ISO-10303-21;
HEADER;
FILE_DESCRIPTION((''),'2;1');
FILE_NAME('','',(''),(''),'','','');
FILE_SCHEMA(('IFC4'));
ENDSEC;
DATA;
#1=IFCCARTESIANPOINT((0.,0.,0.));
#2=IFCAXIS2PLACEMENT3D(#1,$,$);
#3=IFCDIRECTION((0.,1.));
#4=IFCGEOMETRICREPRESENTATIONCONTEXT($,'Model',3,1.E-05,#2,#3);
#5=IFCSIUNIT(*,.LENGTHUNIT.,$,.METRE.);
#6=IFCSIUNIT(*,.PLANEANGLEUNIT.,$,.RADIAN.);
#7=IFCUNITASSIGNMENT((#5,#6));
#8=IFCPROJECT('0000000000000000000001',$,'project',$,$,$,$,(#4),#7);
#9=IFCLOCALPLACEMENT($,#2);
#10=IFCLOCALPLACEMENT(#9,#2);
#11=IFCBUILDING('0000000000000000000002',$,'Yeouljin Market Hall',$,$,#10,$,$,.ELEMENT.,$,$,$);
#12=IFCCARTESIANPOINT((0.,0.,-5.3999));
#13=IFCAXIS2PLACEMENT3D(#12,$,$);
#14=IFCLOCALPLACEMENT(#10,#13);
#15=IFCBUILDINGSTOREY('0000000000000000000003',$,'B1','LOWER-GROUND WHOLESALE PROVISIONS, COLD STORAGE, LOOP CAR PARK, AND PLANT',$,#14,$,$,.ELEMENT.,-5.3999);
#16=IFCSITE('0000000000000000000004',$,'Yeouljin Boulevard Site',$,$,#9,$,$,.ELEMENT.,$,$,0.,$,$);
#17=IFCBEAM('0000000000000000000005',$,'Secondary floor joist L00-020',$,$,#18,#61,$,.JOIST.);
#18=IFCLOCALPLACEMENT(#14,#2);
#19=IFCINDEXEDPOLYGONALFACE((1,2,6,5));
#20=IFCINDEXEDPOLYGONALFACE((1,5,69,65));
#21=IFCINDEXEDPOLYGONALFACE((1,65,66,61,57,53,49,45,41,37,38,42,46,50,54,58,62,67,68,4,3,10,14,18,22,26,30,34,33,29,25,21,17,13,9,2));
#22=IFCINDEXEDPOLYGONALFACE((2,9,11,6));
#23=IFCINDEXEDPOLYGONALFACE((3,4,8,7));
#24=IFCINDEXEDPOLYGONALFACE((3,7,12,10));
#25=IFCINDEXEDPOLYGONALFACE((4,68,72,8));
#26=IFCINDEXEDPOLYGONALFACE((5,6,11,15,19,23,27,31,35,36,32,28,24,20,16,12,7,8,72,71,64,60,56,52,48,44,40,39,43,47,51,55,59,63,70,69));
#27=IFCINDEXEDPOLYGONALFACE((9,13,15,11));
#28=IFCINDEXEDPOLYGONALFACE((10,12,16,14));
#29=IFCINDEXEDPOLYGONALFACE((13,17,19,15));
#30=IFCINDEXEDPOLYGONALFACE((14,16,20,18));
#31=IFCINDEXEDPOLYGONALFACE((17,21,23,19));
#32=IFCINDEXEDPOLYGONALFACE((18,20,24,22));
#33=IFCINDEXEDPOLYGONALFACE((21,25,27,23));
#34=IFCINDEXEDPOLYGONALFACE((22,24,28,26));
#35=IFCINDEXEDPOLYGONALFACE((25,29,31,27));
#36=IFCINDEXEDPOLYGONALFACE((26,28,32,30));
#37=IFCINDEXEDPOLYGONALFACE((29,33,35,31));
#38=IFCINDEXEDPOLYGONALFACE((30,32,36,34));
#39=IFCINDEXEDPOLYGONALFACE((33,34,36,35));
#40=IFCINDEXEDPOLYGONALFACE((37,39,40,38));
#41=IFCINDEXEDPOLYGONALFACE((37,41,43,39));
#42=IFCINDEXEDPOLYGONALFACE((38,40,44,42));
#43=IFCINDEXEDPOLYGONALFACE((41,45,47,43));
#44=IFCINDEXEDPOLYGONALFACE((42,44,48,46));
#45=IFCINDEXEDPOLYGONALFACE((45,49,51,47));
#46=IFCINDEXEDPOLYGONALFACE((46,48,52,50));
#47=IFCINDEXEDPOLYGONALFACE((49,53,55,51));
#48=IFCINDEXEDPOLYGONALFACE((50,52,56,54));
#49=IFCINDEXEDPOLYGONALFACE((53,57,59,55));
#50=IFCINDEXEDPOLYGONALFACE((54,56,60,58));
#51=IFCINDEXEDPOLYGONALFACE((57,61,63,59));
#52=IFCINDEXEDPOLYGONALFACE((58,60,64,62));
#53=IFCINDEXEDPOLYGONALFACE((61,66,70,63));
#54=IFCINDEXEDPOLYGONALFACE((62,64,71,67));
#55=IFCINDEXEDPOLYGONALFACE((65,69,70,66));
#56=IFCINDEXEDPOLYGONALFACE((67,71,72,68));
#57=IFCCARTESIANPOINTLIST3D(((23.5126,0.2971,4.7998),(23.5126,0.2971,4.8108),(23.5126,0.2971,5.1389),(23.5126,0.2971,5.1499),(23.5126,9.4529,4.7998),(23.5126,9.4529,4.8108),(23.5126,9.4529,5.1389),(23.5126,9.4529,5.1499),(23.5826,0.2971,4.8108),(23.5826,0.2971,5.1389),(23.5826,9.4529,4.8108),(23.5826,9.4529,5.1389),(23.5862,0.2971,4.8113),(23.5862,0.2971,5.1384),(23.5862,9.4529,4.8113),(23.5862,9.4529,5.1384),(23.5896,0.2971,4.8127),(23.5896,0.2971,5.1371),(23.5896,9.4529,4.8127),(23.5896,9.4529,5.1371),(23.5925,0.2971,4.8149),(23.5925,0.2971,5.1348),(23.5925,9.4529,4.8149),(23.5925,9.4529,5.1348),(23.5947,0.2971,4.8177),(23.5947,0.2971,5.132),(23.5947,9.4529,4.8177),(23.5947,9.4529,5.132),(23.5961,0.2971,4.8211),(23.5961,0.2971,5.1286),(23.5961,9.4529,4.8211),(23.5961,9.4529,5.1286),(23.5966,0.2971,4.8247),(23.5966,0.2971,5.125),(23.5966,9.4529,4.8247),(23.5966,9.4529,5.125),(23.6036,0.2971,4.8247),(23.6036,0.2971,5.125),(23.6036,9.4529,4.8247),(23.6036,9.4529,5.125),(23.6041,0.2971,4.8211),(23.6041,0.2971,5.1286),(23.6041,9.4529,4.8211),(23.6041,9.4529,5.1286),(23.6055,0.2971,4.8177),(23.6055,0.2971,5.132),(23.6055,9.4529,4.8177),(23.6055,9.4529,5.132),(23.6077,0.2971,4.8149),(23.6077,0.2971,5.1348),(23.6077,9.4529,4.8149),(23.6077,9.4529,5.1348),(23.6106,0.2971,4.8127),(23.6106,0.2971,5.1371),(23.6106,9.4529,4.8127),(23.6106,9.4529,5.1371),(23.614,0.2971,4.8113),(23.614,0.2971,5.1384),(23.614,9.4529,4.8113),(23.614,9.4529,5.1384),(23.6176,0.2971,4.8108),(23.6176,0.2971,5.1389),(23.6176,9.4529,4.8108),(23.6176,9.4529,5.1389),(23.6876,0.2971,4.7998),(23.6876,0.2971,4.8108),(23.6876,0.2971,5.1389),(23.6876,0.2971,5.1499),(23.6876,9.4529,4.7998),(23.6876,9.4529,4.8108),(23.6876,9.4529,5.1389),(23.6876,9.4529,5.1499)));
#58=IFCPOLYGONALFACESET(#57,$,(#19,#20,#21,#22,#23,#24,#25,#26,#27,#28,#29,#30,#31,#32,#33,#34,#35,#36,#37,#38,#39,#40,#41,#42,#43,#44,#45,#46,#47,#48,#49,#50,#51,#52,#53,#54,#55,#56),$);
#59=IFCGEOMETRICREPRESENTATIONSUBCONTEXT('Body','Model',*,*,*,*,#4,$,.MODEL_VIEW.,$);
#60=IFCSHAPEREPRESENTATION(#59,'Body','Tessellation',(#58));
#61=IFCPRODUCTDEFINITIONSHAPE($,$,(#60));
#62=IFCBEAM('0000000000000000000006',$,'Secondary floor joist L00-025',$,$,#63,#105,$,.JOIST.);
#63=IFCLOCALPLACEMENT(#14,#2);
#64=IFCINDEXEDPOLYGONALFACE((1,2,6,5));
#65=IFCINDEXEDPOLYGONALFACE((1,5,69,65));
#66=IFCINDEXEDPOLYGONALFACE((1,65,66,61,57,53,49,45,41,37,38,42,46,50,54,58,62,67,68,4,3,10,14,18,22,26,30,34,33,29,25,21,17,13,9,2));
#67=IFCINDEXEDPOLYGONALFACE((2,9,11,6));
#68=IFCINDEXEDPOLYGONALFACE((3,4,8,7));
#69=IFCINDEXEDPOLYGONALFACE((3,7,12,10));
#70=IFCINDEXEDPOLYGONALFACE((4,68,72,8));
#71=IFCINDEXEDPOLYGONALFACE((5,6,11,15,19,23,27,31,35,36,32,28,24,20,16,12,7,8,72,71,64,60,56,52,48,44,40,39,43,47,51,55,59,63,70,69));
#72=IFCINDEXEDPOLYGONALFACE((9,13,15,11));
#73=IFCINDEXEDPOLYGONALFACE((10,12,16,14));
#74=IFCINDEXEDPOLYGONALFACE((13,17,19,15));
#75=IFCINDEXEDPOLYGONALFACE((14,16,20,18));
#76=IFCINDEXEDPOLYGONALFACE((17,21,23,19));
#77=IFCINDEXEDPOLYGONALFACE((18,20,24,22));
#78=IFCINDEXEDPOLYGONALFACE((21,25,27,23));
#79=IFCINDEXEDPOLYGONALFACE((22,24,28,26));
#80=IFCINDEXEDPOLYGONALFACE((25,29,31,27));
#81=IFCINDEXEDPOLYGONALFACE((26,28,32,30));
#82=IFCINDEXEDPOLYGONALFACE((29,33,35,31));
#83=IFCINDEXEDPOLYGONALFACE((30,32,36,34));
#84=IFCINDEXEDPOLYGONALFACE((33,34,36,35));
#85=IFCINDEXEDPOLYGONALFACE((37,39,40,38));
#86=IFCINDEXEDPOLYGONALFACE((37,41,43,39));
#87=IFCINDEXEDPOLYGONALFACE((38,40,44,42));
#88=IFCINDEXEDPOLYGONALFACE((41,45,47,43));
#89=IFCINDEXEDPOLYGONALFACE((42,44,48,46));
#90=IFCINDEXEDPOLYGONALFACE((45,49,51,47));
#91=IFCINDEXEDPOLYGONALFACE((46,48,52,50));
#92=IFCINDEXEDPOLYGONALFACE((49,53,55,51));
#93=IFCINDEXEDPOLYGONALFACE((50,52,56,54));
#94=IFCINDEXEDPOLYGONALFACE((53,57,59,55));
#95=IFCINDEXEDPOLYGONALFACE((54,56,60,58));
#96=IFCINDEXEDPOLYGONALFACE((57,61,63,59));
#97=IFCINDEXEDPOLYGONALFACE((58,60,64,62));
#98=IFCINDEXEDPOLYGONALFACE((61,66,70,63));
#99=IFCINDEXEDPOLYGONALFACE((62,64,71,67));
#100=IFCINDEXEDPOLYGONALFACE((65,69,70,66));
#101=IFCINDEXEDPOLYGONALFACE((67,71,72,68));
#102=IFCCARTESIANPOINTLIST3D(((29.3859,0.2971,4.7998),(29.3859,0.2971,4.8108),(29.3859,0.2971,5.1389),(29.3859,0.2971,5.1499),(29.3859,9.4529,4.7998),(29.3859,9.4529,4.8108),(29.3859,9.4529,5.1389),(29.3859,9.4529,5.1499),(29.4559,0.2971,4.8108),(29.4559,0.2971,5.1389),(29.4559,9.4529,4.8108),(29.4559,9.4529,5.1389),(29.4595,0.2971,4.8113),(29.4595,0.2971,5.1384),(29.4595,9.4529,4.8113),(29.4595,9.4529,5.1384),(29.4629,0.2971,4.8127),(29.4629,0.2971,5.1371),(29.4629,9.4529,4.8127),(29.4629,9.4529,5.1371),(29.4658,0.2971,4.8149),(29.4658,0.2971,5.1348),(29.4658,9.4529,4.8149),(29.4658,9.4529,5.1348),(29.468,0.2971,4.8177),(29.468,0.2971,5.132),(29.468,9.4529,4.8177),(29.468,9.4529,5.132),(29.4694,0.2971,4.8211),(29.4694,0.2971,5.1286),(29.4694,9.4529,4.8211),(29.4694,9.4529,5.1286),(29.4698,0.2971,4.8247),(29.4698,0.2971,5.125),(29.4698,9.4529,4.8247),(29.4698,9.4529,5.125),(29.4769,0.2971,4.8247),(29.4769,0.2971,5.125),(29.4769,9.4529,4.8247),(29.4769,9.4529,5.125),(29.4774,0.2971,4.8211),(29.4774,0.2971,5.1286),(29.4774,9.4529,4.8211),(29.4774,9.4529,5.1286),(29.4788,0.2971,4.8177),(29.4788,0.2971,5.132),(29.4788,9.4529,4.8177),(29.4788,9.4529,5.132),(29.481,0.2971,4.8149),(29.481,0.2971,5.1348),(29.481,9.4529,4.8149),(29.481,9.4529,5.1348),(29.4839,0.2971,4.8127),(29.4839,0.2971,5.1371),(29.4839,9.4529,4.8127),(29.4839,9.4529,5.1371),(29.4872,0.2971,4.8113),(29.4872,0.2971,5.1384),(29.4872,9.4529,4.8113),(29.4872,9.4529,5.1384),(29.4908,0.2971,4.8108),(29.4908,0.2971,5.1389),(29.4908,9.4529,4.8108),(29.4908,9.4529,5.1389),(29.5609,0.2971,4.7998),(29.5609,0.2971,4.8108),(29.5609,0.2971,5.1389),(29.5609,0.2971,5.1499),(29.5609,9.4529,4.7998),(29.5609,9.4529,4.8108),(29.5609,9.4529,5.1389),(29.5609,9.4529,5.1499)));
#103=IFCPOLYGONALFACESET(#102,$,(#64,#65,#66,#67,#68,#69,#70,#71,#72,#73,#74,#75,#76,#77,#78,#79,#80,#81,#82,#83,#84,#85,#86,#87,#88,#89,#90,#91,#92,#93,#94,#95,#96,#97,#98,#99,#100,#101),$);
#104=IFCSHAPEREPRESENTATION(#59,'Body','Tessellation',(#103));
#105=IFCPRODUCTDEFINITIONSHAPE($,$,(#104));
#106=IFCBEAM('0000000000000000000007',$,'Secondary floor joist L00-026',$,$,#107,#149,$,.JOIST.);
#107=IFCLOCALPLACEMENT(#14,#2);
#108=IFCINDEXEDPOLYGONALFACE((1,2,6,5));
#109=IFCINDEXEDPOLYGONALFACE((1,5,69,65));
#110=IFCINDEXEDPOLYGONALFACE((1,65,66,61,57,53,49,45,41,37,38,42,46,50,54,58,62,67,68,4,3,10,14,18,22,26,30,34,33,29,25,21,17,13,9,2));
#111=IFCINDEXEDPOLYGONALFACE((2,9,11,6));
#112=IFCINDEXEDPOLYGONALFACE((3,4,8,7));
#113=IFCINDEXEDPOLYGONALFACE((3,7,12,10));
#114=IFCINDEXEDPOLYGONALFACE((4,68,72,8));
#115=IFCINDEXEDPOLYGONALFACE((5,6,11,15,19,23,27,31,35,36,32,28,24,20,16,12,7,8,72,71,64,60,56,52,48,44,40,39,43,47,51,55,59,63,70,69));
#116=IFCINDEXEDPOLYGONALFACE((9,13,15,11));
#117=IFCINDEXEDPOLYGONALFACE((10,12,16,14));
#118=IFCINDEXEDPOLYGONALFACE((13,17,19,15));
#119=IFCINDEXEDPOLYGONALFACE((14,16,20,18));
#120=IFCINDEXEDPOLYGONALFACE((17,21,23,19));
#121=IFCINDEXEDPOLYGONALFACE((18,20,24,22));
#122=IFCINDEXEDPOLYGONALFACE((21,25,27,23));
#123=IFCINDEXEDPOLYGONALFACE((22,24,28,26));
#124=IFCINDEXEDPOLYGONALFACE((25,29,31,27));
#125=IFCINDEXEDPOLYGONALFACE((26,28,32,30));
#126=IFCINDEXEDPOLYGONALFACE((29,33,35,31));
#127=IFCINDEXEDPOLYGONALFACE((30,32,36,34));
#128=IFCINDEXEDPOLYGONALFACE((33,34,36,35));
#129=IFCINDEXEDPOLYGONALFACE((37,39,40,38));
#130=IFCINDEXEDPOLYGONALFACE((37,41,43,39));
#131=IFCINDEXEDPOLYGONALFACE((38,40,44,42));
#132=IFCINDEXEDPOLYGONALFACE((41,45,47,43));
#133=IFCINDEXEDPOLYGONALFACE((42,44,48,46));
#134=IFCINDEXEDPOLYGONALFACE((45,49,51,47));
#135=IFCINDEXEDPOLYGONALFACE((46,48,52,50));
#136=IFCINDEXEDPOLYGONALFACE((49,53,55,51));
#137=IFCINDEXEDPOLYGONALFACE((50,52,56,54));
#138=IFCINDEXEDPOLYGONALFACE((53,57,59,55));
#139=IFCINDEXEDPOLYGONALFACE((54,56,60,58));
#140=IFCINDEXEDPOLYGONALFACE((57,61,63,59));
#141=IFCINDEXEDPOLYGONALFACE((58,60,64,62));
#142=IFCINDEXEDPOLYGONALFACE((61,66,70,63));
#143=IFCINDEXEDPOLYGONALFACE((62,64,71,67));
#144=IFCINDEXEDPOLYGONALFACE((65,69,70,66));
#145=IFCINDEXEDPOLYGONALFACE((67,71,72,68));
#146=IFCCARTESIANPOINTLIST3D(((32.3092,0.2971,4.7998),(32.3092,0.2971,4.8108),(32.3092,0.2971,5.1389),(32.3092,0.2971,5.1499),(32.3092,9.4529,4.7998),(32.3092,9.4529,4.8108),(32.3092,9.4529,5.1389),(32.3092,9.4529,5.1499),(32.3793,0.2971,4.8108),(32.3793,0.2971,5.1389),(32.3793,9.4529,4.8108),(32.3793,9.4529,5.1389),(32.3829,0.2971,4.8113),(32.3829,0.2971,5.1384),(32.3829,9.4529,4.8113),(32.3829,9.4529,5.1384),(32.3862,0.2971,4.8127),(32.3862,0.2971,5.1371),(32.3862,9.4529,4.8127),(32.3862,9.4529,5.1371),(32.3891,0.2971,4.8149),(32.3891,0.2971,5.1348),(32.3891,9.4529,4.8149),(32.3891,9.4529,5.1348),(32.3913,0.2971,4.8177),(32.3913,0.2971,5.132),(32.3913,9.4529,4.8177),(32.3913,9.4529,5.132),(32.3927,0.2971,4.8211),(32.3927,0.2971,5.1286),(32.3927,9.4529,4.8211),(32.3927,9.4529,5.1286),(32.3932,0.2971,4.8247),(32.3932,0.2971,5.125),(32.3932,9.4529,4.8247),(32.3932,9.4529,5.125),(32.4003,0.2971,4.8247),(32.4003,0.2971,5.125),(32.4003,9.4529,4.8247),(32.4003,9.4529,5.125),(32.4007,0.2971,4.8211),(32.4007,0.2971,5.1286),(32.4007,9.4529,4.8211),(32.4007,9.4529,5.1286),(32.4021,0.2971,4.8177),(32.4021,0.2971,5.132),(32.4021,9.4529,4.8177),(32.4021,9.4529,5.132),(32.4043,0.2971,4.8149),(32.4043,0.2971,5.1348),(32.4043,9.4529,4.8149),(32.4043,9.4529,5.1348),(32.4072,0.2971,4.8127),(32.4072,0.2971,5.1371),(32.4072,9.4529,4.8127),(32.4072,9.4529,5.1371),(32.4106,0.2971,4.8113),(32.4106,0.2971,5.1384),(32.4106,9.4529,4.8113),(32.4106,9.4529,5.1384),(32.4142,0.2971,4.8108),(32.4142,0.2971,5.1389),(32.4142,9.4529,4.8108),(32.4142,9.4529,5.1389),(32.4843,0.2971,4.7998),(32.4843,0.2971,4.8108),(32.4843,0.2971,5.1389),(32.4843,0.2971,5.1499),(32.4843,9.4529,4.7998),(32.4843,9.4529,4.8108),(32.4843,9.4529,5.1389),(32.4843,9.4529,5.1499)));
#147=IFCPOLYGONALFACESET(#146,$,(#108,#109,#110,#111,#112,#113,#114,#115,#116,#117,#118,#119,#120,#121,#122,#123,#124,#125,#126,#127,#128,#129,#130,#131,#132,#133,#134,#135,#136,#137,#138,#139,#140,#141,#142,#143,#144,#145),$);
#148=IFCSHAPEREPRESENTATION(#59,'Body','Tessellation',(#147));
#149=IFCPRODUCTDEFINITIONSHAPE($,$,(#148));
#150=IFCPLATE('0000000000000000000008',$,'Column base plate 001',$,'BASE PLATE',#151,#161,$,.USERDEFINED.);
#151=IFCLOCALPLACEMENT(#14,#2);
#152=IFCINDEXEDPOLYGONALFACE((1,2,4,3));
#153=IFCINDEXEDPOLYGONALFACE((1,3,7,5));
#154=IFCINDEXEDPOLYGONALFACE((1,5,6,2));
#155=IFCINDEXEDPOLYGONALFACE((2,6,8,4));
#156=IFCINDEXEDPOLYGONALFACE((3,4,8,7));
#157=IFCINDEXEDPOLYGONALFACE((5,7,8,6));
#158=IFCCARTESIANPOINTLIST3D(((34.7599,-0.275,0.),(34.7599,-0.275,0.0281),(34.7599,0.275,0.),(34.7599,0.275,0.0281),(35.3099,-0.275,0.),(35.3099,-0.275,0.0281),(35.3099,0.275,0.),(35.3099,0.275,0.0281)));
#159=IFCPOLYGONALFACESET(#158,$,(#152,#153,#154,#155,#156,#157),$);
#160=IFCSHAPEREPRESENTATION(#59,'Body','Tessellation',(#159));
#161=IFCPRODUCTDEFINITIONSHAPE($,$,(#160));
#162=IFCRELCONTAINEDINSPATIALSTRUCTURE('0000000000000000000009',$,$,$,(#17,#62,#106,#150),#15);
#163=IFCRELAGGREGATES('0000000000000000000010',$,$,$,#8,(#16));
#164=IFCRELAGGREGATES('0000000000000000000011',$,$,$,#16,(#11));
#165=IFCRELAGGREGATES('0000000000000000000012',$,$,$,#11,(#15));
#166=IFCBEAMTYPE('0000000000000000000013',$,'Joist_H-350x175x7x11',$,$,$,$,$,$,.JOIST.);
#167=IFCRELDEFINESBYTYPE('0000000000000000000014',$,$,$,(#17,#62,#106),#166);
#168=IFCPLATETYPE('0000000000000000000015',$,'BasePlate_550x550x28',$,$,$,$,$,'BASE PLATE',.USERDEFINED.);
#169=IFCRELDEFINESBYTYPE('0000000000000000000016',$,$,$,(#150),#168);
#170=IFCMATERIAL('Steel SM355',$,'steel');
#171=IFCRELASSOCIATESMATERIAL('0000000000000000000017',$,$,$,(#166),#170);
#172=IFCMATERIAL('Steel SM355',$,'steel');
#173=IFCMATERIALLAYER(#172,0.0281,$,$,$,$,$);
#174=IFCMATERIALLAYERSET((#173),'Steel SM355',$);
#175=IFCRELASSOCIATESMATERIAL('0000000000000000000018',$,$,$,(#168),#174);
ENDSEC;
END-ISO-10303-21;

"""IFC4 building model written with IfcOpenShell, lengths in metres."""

from ifc_helpers import new_model, si_unit, direction, frame, origin, origin_2d, place, context, subcontext, project, spatial, rectangle, i_section, extrude, material, layer, layer_set, material_profile, profile_set, type_object, element, save


model = new_model("IFC4")

# Units and contexts
model_context = context("Model", 3, precision=1e-05, world=origin(), true_north=direction((0.0, 1.0)))
body_context = subcontext(model_context, "Body", "Model", "MODEL_VIEW")
ifc_project = project(units=[si_unit("LENGTHUNIT", "METRE"), si_unit("PLANEANGLEUNIT", "RADIAN")], contexts=[model_context])

# Site, building, storey
site_placement = place(None, origin())
site = spatial("IfcSite", under=ifc_project, at=site_placement, Name="Yeouljin Boulevard Site", CompositionType="ELEMENT", RefElevation=0.0)
building_placement = place(site_placement, origin())
building = spatial("IfcBuilding", under=site, at=building_placement, Name="Yeouljin Market Hall", CompositionType="ELEMENT")
storey_placement = place(building_placement, frame((0.0, 0.0, -5.3999)))
storey = spatial("IfcBuildingStorey", under=building, at=storey_placement, Name="B1", Description="LOWER-GROUND WHOLESALE PROVISIONS, COLD STORAGE, LOOP CAR PARK, AND PLANT", CompositionType="ELEMENT", Elevation=-5.3999)

# Beams
ifc_material_1 = material(Name="Steel SM355", Category="steel")
ifc_material_profile_1 = material_profile(ifc_material_1, i_section(OverallWidth=0.175, OverallDepth=0.3501, WebThickness=0.0071, FlangeThickness=0.011, FilletRadius=0.0139, at=origin_2d()), Name="H-350x175x7x11")
ifc_profile_set_1 = profile_set([ifc_material_profile_1], Name="Steel SM355")
beam_type_1 = type_object("IfcBeamType", Name="Joist_H-350x175x7x11", PredefinedType="JOIST", material=ifc_profile_set_1)
for number, where, z_axis, x_axis, name in (
    (1, (23.6001, 0.2971, 4.9749), (0.0, 1.0, 0.0), (-1.0, 0.0, 0.0), "Secondary floor joist L00-020"),
    (2, (29.4734, 0.2971, 4.9749), (0.0, 1.0, 0.0), (-1.0, 0.0, 0.0), "Secondary floor joist L00-025"),
    (3, (32.3967, 0.2971, 4.9749), (0.0, 1.0, 0.0), (-1.0, 0.0, 0.0), "Secondary floor joist L00-026"),
):
    element("IfcBeam", number, at=place(storey_placement, frame(where, z_axis=z_axis, x_axis=x_axis)), inside=storey, type_object=beam_type_1, Name=name, PredefinedType="JOIST", context=body_context, shape_type="SweptSolid", body=[
        extrude(i_section(OverallWidth=0.175, OverallDepth=0.3501, WebThickness=0.0071, FlangeThickness=0.011, FilletRadius=0.0139, at=origin_2d()), origin(), (0.0, 0.0, 1.0), 9.1558),
    ])

# Plate
ifc_material_2 = material(Name="Steel SM355", Category="steel")
ifc_layer = layer(ifc_material_2, 0.0281)
ifc_layer_set = layer_set([ifc_layer], Name="Steel SM355")
plate_type = type_object("IfcPlateType", Name="BasePlate_550x550x28", ElementType="BASE PLATE", PredefinedType="USERDEFINED", material=ifc_layer_set)
plate_placement = place(storey_placement, frame((35.0349, 0.0, 0.0), z_axis=(0.0, 0.0, 1.0), x_axis=(1.0, 0.0, 0.0)))
element("IfcPlate", 4, at=plate_placement, inside=storey, type_object=plate_type, Name="Column base plate 001", ObjectType="BASE PLATE", PredefinedType="USERDEFINED", context=body_context, shape_type="SweptSolid", body=[
    extrude(rectangle(XDim=0.55, YDim=0.55, at=origin_2d()), origin(), (0.0, 0.0, 1.0), 0.0281),
])

save(model, "model.ifc")
